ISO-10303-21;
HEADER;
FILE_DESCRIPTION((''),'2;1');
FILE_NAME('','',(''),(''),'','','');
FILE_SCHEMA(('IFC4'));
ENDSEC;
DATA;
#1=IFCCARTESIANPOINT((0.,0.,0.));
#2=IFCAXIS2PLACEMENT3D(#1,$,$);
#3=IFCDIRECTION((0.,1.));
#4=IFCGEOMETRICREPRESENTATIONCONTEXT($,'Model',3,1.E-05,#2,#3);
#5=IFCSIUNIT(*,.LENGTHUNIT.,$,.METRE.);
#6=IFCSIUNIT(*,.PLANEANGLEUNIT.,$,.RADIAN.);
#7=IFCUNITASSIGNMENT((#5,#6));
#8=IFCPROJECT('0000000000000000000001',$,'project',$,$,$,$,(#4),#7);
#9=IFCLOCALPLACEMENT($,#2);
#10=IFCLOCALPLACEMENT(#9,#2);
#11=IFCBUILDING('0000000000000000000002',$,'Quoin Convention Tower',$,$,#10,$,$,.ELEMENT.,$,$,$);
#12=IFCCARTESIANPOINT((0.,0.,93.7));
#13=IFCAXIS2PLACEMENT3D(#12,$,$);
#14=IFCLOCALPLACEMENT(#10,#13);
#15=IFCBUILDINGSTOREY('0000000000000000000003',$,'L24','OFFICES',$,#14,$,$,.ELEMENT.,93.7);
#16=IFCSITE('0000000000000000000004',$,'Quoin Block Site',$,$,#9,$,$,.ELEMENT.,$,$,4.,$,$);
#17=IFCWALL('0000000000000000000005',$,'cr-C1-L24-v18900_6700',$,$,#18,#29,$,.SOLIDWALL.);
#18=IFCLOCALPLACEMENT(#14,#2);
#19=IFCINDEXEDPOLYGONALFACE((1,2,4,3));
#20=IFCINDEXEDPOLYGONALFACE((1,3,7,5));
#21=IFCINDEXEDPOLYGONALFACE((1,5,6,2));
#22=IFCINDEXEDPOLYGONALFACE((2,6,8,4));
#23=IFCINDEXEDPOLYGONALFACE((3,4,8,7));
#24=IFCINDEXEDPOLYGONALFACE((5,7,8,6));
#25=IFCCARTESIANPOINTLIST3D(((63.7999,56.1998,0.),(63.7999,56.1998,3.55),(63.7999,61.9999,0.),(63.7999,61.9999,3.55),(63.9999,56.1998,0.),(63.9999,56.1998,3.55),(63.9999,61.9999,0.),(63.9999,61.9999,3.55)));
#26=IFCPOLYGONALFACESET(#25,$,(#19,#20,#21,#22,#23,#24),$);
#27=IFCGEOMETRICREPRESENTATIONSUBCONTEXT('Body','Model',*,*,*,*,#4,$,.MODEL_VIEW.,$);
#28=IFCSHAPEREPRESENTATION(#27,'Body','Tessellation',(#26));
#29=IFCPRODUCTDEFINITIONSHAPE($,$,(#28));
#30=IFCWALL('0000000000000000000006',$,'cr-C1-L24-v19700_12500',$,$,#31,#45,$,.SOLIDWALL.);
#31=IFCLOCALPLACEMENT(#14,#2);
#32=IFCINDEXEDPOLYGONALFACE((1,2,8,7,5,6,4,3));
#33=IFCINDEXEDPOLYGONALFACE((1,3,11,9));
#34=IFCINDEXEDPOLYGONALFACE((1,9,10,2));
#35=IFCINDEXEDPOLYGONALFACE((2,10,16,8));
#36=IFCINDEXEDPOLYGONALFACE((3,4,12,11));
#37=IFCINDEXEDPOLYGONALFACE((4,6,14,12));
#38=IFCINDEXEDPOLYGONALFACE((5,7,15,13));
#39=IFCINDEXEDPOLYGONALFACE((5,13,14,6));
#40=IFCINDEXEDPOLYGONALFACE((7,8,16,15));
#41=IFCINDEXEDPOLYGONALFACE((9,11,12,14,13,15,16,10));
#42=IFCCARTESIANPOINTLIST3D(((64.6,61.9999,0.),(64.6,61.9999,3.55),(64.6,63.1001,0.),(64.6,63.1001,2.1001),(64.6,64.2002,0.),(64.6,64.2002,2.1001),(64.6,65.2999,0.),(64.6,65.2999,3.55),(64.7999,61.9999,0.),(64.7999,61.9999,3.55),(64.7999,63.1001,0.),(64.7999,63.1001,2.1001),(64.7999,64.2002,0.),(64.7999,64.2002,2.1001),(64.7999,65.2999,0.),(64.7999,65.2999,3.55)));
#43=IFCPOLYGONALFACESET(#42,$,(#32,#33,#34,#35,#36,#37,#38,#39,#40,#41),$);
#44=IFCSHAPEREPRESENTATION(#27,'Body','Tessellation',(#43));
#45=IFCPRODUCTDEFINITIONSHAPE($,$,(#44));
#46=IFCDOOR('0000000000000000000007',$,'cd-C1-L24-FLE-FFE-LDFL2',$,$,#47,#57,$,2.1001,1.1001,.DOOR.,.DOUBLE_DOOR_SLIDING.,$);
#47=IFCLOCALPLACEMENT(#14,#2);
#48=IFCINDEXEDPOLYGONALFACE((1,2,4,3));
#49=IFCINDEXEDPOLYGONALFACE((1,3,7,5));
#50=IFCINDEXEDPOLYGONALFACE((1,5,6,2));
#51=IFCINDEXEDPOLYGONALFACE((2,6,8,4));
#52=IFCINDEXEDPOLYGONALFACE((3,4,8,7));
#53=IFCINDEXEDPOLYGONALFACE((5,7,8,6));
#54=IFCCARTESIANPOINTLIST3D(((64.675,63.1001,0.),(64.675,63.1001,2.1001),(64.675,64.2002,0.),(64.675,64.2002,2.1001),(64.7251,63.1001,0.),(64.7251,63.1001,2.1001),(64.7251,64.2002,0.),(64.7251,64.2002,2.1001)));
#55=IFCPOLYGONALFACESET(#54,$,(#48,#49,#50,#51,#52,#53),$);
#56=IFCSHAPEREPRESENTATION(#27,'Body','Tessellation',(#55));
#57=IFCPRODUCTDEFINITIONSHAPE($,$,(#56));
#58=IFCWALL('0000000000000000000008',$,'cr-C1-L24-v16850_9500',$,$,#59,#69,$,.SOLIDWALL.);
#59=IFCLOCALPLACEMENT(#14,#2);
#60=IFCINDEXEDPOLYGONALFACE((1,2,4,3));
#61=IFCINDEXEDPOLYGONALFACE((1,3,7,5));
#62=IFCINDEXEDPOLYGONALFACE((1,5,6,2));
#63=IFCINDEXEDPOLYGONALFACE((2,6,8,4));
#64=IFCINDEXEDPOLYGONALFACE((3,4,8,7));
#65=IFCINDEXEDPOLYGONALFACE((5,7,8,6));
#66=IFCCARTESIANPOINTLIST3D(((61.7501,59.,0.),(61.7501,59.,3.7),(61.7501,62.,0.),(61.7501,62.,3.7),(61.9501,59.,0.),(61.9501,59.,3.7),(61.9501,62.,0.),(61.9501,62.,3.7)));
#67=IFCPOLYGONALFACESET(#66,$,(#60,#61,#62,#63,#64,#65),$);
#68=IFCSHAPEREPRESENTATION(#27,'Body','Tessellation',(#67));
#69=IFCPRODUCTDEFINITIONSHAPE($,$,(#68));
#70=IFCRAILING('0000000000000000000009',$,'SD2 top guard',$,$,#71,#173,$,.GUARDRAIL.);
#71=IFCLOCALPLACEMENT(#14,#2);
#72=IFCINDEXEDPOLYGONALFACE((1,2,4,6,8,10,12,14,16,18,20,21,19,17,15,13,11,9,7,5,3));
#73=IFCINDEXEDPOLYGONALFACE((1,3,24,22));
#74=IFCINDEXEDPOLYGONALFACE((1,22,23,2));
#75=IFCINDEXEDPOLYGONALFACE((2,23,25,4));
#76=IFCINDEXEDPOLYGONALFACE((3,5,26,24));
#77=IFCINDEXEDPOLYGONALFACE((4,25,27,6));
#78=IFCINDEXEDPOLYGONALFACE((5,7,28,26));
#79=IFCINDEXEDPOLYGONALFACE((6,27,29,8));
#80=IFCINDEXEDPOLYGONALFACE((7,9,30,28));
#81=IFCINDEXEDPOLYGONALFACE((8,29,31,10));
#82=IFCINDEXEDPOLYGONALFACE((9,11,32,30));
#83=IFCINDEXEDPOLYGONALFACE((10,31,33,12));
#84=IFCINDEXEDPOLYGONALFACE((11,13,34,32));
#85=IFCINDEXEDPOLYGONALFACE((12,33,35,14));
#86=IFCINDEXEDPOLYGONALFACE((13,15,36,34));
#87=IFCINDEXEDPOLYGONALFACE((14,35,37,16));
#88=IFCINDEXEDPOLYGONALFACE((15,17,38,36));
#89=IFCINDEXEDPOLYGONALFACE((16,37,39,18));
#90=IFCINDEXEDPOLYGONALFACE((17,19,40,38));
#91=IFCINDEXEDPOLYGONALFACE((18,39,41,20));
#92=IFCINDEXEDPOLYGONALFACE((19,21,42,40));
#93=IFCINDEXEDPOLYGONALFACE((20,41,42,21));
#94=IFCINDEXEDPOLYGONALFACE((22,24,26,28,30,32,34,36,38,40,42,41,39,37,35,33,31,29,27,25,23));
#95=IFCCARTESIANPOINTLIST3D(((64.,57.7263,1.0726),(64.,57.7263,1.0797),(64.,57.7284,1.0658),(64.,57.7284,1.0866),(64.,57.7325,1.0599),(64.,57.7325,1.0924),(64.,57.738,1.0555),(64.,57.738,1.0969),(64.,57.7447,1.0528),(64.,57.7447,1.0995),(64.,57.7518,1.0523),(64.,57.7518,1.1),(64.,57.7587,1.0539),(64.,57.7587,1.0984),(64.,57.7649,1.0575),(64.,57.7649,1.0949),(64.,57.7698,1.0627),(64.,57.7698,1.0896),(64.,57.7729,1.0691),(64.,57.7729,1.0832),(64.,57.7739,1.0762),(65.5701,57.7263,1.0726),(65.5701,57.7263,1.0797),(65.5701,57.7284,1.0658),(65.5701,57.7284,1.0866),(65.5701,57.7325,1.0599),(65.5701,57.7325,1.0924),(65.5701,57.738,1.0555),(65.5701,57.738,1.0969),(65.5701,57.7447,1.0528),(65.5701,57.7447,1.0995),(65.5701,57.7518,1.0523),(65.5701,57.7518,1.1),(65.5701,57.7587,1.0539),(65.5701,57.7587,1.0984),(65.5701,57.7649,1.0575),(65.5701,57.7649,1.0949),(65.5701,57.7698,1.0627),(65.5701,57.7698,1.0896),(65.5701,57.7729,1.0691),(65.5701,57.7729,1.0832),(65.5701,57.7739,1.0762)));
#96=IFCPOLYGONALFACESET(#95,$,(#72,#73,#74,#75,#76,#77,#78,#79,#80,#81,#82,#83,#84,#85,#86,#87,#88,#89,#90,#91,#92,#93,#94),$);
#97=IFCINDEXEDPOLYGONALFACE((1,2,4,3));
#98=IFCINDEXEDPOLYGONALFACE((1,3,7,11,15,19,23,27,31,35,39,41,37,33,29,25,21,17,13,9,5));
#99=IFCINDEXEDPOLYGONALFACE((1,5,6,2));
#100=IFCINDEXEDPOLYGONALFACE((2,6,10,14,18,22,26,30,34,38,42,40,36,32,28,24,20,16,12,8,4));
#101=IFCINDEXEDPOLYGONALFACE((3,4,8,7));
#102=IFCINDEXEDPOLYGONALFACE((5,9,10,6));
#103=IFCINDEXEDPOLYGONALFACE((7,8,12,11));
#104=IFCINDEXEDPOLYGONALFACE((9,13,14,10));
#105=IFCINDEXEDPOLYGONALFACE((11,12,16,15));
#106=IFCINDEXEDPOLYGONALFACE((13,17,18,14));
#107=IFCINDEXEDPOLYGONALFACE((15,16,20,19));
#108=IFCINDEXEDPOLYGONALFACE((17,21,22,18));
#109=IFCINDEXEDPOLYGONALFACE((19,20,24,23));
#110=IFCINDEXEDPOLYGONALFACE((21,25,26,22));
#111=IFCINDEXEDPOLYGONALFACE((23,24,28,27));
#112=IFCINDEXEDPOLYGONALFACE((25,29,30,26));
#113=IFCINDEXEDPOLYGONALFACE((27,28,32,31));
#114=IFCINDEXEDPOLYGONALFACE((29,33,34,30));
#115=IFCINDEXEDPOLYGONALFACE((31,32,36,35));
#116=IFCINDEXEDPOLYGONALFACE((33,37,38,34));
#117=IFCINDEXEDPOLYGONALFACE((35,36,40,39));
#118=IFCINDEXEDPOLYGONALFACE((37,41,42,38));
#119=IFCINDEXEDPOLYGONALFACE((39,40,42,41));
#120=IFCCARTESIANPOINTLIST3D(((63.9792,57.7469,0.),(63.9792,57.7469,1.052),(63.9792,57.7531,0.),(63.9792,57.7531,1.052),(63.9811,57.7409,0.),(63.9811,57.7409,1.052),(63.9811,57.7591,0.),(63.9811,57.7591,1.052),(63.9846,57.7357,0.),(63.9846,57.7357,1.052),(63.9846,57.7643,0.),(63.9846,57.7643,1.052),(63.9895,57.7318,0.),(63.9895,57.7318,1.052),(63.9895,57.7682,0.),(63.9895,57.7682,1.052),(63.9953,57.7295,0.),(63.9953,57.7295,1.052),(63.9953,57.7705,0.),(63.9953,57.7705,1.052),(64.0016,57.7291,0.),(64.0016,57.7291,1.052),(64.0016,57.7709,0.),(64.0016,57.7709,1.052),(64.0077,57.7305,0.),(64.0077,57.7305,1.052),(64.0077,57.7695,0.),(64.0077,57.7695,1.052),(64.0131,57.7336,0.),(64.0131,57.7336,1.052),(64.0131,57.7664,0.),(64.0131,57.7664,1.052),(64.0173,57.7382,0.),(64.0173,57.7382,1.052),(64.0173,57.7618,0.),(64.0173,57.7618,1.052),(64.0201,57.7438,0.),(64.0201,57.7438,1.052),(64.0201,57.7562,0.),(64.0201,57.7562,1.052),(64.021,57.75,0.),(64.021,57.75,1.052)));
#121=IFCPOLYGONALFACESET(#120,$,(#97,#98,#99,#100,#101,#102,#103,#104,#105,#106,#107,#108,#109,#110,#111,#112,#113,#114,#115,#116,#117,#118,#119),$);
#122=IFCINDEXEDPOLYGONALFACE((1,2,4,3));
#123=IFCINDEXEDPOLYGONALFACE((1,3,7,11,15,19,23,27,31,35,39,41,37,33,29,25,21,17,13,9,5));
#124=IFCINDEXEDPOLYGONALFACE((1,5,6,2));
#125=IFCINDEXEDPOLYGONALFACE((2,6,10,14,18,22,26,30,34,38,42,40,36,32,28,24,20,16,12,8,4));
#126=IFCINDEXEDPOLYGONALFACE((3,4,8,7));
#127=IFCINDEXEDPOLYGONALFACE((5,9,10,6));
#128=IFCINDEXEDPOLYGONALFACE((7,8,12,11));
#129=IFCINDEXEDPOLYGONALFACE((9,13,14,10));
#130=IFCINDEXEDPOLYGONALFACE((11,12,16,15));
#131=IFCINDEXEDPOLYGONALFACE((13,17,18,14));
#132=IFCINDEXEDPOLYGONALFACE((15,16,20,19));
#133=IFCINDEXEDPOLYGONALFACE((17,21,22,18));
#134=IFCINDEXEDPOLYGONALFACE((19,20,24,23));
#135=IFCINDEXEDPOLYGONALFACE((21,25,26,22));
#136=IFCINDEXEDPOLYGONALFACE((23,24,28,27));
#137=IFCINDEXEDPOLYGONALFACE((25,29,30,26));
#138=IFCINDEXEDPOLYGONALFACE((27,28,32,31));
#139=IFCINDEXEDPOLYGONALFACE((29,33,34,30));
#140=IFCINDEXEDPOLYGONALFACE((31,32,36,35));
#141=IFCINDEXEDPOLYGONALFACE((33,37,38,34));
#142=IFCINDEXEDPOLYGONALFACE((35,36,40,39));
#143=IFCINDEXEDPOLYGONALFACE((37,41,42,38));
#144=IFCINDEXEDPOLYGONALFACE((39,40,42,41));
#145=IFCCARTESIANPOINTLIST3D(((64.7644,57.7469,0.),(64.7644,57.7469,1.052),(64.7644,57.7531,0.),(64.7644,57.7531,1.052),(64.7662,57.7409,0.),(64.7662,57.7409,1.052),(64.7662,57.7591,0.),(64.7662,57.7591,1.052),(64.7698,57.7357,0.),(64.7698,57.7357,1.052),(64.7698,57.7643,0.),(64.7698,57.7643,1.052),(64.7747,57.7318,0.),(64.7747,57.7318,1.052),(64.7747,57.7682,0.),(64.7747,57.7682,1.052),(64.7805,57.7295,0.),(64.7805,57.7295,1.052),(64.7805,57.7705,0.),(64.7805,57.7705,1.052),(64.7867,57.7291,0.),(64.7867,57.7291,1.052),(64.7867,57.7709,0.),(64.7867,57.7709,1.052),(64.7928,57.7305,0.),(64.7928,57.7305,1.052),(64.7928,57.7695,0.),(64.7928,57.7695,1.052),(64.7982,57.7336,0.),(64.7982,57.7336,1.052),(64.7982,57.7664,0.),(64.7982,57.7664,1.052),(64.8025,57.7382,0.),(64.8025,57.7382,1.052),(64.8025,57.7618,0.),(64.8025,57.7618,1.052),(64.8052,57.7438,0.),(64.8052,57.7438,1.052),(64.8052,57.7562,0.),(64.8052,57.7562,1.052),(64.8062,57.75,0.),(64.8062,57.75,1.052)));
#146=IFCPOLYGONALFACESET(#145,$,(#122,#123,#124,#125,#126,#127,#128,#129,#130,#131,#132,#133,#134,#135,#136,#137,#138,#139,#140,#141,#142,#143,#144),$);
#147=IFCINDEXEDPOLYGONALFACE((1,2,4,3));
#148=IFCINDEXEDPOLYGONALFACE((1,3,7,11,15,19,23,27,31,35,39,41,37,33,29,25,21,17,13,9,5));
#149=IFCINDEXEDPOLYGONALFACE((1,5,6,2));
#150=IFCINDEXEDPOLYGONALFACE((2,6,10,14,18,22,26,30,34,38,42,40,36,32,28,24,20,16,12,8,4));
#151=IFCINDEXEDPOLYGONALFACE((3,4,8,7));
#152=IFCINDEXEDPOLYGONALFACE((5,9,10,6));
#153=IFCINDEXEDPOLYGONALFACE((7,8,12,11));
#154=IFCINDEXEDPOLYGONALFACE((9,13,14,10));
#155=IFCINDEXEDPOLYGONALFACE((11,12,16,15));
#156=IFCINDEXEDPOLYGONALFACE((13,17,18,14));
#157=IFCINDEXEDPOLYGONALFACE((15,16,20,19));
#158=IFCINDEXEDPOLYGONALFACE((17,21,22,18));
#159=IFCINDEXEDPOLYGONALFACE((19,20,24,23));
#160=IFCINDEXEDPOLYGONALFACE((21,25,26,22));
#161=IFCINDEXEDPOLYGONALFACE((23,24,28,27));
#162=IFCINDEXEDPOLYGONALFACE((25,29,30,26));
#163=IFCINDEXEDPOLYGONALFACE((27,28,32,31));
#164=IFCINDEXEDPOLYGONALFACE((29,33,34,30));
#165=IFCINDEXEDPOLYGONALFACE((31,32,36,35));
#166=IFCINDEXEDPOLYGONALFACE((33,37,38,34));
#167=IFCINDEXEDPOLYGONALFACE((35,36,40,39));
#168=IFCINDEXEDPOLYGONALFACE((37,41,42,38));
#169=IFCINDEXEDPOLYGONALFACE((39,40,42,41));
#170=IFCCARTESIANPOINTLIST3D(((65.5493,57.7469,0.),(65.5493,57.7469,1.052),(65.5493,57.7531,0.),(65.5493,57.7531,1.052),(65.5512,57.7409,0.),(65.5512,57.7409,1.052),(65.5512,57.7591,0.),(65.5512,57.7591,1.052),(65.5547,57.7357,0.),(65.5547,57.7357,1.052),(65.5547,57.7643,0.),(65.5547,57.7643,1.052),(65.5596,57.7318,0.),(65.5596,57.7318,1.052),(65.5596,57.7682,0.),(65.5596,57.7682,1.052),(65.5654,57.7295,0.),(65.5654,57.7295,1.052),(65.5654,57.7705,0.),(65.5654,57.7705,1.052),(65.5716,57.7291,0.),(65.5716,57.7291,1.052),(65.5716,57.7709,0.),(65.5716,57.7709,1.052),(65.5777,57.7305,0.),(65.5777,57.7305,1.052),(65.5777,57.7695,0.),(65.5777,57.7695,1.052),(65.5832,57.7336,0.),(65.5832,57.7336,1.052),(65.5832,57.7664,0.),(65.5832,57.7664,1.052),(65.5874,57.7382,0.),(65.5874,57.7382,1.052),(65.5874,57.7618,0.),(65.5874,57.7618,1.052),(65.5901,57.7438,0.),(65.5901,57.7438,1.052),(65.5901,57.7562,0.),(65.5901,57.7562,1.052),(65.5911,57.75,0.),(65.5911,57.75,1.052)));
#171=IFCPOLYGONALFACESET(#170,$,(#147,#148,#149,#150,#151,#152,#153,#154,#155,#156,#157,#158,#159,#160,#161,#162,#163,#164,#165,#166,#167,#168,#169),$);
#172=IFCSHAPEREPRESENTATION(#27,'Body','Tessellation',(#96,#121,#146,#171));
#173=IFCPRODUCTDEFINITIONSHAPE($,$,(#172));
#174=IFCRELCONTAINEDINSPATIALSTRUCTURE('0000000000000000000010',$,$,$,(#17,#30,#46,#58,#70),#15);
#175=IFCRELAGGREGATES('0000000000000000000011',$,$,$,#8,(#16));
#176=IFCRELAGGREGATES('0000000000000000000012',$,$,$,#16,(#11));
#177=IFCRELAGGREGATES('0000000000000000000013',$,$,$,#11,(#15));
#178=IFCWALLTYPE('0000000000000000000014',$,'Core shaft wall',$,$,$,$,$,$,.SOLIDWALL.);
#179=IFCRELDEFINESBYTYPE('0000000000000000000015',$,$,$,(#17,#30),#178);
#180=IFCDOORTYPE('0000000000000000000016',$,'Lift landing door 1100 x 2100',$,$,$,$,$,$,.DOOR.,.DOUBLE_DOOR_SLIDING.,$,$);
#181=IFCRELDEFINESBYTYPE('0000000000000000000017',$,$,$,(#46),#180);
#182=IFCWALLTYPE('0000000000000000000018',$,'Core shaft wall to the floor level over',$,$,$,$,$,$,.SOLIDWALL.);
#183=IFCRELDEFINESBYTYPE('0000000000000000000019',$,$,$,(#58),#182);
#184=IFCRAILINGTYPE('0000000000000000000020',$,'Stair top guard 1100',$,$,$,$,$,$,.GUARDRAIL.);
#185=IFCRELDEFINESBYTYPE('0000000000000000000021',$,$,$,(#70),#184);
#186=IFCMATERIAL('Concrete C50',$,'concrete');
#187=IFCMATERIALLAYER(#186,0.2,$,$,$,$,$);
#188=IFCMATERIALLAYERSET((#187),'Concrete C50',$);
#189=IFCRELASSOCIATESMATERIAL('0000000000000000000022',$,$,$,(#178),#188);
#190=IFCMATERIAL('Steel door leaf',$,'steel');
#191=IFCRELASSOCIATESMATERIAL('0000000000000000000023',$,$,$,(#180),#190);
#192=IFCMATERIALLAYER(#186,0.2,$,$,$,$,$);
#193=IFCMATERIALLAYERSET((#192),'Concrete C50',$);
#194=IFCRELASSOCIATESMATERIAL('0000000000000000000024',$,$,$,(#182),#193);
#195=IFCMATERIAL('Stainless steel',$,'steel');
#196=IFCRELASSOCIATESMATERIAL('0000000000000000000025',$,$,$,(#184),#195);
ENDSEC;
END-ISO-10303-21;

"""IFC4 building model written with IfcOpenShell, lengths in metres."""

from ifc_helpers import new_model, si_unit, direction, frame, frame_2d, origin, origin_2d, place, context, subcontext, project, spatial, rectangle, circle, extrude, material, layer, layer_set, type_object, element, fill, save


model = new_model("IFC4")

# Units and contexts
model_context = context("Model", 3, precision=1e-05, world=origin(), true_north=direction((0.0, 1.0)))
body_context = subcontext(model_context, "Body", "Model", "MODEL_VIEW")
ifc_project = project(units=[si_unit("LENGTHUNIT", "METRE"), si_unit("PLANEANGLEUNIT", "RADIAN")], contexts=[model_context])

# Site, building, storey
site_placement = place(None, origin())
site = spatial("IfcSite", under=ifc_project, at=site_placement, Name="Quoin Block Site", CompositionType="ELEMENT", RefElevation=4.0)
building_placement = place(site_placement, origin())
building = spatial("IfcBuilding", under=site, at=building_placement, Name="Quoin Convention Tower", CompositionType="ELEMENT")
storey_placement = place(building_placement, frame((0.0, 0.0, 93.7)))
storey = spatial("IfcBuildingStorey", under=building, at=storey_placement, Name="L24", Description="OFFICES", CompositionType="ELEMENT", Elevation=93.7)

# Shared definitions
ifc_material_1 = material(Name="Steel door leaf", Category="steel")

# Wall
ifc_material_2 = material(Name="Concrete C50", Category="concrete")
ifc_layer_1 = layer(ifc_material_2, 0.2)
ifc_layer_set_1 = layer_set([ifc_layer_1], Name="Concrete C50")
wall_type_1 = type_object("IfcWallType", Name="Core shaft wall", PredefinedType="SOLIDWALL", material=ifc_layer_set_1)
wall_1_placement = place(storey_placement, frame((63.8999, 56.2, 0.0), z_axis=(0.0, 0.0, 1.0), x_axis=(0.0, 1.0, 0.0)))
element("IfcWall", 1, at=wall_1_placement, inside=storey, type_object=wall_type_1, Name="cr-C1-L24-v18900_6700", PredefinedType="SOLIDWALL", context=body_context, shape_type="SweptSolid", body=[
    extrude(rectangle(XDim=5.8, YDim=0.2, at=frame_2d((2.8999, 0.0))), origin(), (0.0, 0.0, 1.0), 3.55),
])

# Wall, opening, door
wall_2_placement = place(storey_placement, frame((64.7, 62.0, 0.0), z_axis=(0.0, 0.0, 1.0), x_axis=(0.0, 1.0, 0.0)))
wall_2 = element("IfcWall", 2, at=wall_2_placement, inside=storey, type_object=wall_type_1, Name="cr-C1-L24-v19700_12500", PredefinedType="SOLIDWALL", context=body_context, shape_type="SweptSolid", body=[
    extrude(rectangle(XDim=3.3, YDim=0.2, at=frame_2d((1.6499, 0.0))), origin(), (0.0, 0.0, 1.0), 3.55),
])
opening_1_placement = place(wall_2_placement, frame((1.1001, 0.0, 0.0)))
opening_1 = element("IfcOpeningElement", 3, at=opening_1_placement, cuts=wall_2, PredefinedType="OPENING", context=body_context, shape_type="SweptSolid", body=[
    extrude(rectangle(XDim=1.1001, YDim=2.1001, at=frame_2d((0.55, 1.05))), frame((0.0, 0.1099, 0.0), z_axis=(0.0, -1.0, 0.0), x_axis=(1.0, 0.0, 0.0)), (0.0, 0.0, 1.0), 0.22),
])
door_type_1 = type_object("IfcDoorType", Name="Lift landing door 1100 x 2100", OperationType="DOUBLE_DOOR_SLIDING", PredefinedType="DOOR", material=ifc_material_1)
door_1_placement = place(opening_1_placement, origin())
door_1 = element("IfcDoor", 4, at=door_1_placement, inside=storey, type_object=door_type_1, Name="cd-C1-L24-FLE-FFE-LDFL2", OperationType="DOUBLE_DOOR_SLIDING", OverallHeight=2.1001, OverallWidth=1.1001, PredefinedType="DOOR", context=body_context, shape_type="SweptSolid", body=[
    extrude(rectangle(XDim=1.1001, YDim=2.1001, at=frame_2d((0.55, 1.05))), frame((0.0, 0.0249, 0.0), z_axis=(0.0, -1.0, 0.0), x_axis=(1.0, 0.0, 0.0)), (0.0, 0.0, 1.0), 0.05),
])
fill(opening_1, door_1)

# Wall
ifc_layer_2 = layer(ifc_material_2, 0.2)
ifc_layer_set_2 = layer_set([ifc_layer_2], Name="Concrete C50")
wall_type_2 = type_object("IfcWallType", Name="Core shaft wall to the floor level over", PredefinedType="SOLIDWALL", material=ifc_layer_set_2)
wall_3_placement = place(storey_placement, frame((61.8501, 59.0, 0.0), z_axis=(0.0, 0.0, 1.0), x_axis=(0.0, 1.0, 0.0)))
element("IfcWall", 5, at=wall_3_placement, inside=storey, type_object=wall_type_2, Name="cr-C1-L24-v16850_9500", PredefinedType="SOLIDWALL", context=body_context, shape_type="SweptSolid", body=[
    extrude(rectangle(XDim=3.0, YDim=0.2, at=frame_2d((1.5, 0.0))), origin(), (0.0, 0.0, 1.0), 3.7),
])

# Railing
ifc_material_3 = material(Name="Stainless steel", Category="steel")
railing_type = type_object("IfcRailingType", Name="Stair top guard 1100", PredefinedType="GUARDRAIL", material=ifc_material_3)
railing_placement = place(storey_placement, frame((64.0, 57.75, 0.0)))
element("IfcRailing", 6, at=railing_placement, inside=storey, type_object=railing_type, Name="SD2 top guard", PredefinedType="GUARDRAIL", context=body_context, shape_type="SweptSolid", body=[
    extrude(circle(Radius=0.0239, at=origin_2d()), frame((0.0, 0.0, 1.0762), z_axis=(1.0, 0.0, 0.0), x_axis=(0.0, 1.0, 0.0)), (0.0, 0.0, 1.0), 1.5701),
    extrude(circle(Radius=0.021, at=origin_2d()), origin(), (0.0, 0.0, 1.0), 1.052),
    extrude(circle(Radius=0.021, at=origin_2d()), frame((0.7852, 0.0, 0.0)), (0.0, 0.0, 1.0), 1.052),
    extrude(circle(Radius=0.021, at=origin_2d()), frame((1.5701, 0.0, 0.0)), (0.0, 0.0, 1.0), 1.052),
])

save(model, "model.ifc")
